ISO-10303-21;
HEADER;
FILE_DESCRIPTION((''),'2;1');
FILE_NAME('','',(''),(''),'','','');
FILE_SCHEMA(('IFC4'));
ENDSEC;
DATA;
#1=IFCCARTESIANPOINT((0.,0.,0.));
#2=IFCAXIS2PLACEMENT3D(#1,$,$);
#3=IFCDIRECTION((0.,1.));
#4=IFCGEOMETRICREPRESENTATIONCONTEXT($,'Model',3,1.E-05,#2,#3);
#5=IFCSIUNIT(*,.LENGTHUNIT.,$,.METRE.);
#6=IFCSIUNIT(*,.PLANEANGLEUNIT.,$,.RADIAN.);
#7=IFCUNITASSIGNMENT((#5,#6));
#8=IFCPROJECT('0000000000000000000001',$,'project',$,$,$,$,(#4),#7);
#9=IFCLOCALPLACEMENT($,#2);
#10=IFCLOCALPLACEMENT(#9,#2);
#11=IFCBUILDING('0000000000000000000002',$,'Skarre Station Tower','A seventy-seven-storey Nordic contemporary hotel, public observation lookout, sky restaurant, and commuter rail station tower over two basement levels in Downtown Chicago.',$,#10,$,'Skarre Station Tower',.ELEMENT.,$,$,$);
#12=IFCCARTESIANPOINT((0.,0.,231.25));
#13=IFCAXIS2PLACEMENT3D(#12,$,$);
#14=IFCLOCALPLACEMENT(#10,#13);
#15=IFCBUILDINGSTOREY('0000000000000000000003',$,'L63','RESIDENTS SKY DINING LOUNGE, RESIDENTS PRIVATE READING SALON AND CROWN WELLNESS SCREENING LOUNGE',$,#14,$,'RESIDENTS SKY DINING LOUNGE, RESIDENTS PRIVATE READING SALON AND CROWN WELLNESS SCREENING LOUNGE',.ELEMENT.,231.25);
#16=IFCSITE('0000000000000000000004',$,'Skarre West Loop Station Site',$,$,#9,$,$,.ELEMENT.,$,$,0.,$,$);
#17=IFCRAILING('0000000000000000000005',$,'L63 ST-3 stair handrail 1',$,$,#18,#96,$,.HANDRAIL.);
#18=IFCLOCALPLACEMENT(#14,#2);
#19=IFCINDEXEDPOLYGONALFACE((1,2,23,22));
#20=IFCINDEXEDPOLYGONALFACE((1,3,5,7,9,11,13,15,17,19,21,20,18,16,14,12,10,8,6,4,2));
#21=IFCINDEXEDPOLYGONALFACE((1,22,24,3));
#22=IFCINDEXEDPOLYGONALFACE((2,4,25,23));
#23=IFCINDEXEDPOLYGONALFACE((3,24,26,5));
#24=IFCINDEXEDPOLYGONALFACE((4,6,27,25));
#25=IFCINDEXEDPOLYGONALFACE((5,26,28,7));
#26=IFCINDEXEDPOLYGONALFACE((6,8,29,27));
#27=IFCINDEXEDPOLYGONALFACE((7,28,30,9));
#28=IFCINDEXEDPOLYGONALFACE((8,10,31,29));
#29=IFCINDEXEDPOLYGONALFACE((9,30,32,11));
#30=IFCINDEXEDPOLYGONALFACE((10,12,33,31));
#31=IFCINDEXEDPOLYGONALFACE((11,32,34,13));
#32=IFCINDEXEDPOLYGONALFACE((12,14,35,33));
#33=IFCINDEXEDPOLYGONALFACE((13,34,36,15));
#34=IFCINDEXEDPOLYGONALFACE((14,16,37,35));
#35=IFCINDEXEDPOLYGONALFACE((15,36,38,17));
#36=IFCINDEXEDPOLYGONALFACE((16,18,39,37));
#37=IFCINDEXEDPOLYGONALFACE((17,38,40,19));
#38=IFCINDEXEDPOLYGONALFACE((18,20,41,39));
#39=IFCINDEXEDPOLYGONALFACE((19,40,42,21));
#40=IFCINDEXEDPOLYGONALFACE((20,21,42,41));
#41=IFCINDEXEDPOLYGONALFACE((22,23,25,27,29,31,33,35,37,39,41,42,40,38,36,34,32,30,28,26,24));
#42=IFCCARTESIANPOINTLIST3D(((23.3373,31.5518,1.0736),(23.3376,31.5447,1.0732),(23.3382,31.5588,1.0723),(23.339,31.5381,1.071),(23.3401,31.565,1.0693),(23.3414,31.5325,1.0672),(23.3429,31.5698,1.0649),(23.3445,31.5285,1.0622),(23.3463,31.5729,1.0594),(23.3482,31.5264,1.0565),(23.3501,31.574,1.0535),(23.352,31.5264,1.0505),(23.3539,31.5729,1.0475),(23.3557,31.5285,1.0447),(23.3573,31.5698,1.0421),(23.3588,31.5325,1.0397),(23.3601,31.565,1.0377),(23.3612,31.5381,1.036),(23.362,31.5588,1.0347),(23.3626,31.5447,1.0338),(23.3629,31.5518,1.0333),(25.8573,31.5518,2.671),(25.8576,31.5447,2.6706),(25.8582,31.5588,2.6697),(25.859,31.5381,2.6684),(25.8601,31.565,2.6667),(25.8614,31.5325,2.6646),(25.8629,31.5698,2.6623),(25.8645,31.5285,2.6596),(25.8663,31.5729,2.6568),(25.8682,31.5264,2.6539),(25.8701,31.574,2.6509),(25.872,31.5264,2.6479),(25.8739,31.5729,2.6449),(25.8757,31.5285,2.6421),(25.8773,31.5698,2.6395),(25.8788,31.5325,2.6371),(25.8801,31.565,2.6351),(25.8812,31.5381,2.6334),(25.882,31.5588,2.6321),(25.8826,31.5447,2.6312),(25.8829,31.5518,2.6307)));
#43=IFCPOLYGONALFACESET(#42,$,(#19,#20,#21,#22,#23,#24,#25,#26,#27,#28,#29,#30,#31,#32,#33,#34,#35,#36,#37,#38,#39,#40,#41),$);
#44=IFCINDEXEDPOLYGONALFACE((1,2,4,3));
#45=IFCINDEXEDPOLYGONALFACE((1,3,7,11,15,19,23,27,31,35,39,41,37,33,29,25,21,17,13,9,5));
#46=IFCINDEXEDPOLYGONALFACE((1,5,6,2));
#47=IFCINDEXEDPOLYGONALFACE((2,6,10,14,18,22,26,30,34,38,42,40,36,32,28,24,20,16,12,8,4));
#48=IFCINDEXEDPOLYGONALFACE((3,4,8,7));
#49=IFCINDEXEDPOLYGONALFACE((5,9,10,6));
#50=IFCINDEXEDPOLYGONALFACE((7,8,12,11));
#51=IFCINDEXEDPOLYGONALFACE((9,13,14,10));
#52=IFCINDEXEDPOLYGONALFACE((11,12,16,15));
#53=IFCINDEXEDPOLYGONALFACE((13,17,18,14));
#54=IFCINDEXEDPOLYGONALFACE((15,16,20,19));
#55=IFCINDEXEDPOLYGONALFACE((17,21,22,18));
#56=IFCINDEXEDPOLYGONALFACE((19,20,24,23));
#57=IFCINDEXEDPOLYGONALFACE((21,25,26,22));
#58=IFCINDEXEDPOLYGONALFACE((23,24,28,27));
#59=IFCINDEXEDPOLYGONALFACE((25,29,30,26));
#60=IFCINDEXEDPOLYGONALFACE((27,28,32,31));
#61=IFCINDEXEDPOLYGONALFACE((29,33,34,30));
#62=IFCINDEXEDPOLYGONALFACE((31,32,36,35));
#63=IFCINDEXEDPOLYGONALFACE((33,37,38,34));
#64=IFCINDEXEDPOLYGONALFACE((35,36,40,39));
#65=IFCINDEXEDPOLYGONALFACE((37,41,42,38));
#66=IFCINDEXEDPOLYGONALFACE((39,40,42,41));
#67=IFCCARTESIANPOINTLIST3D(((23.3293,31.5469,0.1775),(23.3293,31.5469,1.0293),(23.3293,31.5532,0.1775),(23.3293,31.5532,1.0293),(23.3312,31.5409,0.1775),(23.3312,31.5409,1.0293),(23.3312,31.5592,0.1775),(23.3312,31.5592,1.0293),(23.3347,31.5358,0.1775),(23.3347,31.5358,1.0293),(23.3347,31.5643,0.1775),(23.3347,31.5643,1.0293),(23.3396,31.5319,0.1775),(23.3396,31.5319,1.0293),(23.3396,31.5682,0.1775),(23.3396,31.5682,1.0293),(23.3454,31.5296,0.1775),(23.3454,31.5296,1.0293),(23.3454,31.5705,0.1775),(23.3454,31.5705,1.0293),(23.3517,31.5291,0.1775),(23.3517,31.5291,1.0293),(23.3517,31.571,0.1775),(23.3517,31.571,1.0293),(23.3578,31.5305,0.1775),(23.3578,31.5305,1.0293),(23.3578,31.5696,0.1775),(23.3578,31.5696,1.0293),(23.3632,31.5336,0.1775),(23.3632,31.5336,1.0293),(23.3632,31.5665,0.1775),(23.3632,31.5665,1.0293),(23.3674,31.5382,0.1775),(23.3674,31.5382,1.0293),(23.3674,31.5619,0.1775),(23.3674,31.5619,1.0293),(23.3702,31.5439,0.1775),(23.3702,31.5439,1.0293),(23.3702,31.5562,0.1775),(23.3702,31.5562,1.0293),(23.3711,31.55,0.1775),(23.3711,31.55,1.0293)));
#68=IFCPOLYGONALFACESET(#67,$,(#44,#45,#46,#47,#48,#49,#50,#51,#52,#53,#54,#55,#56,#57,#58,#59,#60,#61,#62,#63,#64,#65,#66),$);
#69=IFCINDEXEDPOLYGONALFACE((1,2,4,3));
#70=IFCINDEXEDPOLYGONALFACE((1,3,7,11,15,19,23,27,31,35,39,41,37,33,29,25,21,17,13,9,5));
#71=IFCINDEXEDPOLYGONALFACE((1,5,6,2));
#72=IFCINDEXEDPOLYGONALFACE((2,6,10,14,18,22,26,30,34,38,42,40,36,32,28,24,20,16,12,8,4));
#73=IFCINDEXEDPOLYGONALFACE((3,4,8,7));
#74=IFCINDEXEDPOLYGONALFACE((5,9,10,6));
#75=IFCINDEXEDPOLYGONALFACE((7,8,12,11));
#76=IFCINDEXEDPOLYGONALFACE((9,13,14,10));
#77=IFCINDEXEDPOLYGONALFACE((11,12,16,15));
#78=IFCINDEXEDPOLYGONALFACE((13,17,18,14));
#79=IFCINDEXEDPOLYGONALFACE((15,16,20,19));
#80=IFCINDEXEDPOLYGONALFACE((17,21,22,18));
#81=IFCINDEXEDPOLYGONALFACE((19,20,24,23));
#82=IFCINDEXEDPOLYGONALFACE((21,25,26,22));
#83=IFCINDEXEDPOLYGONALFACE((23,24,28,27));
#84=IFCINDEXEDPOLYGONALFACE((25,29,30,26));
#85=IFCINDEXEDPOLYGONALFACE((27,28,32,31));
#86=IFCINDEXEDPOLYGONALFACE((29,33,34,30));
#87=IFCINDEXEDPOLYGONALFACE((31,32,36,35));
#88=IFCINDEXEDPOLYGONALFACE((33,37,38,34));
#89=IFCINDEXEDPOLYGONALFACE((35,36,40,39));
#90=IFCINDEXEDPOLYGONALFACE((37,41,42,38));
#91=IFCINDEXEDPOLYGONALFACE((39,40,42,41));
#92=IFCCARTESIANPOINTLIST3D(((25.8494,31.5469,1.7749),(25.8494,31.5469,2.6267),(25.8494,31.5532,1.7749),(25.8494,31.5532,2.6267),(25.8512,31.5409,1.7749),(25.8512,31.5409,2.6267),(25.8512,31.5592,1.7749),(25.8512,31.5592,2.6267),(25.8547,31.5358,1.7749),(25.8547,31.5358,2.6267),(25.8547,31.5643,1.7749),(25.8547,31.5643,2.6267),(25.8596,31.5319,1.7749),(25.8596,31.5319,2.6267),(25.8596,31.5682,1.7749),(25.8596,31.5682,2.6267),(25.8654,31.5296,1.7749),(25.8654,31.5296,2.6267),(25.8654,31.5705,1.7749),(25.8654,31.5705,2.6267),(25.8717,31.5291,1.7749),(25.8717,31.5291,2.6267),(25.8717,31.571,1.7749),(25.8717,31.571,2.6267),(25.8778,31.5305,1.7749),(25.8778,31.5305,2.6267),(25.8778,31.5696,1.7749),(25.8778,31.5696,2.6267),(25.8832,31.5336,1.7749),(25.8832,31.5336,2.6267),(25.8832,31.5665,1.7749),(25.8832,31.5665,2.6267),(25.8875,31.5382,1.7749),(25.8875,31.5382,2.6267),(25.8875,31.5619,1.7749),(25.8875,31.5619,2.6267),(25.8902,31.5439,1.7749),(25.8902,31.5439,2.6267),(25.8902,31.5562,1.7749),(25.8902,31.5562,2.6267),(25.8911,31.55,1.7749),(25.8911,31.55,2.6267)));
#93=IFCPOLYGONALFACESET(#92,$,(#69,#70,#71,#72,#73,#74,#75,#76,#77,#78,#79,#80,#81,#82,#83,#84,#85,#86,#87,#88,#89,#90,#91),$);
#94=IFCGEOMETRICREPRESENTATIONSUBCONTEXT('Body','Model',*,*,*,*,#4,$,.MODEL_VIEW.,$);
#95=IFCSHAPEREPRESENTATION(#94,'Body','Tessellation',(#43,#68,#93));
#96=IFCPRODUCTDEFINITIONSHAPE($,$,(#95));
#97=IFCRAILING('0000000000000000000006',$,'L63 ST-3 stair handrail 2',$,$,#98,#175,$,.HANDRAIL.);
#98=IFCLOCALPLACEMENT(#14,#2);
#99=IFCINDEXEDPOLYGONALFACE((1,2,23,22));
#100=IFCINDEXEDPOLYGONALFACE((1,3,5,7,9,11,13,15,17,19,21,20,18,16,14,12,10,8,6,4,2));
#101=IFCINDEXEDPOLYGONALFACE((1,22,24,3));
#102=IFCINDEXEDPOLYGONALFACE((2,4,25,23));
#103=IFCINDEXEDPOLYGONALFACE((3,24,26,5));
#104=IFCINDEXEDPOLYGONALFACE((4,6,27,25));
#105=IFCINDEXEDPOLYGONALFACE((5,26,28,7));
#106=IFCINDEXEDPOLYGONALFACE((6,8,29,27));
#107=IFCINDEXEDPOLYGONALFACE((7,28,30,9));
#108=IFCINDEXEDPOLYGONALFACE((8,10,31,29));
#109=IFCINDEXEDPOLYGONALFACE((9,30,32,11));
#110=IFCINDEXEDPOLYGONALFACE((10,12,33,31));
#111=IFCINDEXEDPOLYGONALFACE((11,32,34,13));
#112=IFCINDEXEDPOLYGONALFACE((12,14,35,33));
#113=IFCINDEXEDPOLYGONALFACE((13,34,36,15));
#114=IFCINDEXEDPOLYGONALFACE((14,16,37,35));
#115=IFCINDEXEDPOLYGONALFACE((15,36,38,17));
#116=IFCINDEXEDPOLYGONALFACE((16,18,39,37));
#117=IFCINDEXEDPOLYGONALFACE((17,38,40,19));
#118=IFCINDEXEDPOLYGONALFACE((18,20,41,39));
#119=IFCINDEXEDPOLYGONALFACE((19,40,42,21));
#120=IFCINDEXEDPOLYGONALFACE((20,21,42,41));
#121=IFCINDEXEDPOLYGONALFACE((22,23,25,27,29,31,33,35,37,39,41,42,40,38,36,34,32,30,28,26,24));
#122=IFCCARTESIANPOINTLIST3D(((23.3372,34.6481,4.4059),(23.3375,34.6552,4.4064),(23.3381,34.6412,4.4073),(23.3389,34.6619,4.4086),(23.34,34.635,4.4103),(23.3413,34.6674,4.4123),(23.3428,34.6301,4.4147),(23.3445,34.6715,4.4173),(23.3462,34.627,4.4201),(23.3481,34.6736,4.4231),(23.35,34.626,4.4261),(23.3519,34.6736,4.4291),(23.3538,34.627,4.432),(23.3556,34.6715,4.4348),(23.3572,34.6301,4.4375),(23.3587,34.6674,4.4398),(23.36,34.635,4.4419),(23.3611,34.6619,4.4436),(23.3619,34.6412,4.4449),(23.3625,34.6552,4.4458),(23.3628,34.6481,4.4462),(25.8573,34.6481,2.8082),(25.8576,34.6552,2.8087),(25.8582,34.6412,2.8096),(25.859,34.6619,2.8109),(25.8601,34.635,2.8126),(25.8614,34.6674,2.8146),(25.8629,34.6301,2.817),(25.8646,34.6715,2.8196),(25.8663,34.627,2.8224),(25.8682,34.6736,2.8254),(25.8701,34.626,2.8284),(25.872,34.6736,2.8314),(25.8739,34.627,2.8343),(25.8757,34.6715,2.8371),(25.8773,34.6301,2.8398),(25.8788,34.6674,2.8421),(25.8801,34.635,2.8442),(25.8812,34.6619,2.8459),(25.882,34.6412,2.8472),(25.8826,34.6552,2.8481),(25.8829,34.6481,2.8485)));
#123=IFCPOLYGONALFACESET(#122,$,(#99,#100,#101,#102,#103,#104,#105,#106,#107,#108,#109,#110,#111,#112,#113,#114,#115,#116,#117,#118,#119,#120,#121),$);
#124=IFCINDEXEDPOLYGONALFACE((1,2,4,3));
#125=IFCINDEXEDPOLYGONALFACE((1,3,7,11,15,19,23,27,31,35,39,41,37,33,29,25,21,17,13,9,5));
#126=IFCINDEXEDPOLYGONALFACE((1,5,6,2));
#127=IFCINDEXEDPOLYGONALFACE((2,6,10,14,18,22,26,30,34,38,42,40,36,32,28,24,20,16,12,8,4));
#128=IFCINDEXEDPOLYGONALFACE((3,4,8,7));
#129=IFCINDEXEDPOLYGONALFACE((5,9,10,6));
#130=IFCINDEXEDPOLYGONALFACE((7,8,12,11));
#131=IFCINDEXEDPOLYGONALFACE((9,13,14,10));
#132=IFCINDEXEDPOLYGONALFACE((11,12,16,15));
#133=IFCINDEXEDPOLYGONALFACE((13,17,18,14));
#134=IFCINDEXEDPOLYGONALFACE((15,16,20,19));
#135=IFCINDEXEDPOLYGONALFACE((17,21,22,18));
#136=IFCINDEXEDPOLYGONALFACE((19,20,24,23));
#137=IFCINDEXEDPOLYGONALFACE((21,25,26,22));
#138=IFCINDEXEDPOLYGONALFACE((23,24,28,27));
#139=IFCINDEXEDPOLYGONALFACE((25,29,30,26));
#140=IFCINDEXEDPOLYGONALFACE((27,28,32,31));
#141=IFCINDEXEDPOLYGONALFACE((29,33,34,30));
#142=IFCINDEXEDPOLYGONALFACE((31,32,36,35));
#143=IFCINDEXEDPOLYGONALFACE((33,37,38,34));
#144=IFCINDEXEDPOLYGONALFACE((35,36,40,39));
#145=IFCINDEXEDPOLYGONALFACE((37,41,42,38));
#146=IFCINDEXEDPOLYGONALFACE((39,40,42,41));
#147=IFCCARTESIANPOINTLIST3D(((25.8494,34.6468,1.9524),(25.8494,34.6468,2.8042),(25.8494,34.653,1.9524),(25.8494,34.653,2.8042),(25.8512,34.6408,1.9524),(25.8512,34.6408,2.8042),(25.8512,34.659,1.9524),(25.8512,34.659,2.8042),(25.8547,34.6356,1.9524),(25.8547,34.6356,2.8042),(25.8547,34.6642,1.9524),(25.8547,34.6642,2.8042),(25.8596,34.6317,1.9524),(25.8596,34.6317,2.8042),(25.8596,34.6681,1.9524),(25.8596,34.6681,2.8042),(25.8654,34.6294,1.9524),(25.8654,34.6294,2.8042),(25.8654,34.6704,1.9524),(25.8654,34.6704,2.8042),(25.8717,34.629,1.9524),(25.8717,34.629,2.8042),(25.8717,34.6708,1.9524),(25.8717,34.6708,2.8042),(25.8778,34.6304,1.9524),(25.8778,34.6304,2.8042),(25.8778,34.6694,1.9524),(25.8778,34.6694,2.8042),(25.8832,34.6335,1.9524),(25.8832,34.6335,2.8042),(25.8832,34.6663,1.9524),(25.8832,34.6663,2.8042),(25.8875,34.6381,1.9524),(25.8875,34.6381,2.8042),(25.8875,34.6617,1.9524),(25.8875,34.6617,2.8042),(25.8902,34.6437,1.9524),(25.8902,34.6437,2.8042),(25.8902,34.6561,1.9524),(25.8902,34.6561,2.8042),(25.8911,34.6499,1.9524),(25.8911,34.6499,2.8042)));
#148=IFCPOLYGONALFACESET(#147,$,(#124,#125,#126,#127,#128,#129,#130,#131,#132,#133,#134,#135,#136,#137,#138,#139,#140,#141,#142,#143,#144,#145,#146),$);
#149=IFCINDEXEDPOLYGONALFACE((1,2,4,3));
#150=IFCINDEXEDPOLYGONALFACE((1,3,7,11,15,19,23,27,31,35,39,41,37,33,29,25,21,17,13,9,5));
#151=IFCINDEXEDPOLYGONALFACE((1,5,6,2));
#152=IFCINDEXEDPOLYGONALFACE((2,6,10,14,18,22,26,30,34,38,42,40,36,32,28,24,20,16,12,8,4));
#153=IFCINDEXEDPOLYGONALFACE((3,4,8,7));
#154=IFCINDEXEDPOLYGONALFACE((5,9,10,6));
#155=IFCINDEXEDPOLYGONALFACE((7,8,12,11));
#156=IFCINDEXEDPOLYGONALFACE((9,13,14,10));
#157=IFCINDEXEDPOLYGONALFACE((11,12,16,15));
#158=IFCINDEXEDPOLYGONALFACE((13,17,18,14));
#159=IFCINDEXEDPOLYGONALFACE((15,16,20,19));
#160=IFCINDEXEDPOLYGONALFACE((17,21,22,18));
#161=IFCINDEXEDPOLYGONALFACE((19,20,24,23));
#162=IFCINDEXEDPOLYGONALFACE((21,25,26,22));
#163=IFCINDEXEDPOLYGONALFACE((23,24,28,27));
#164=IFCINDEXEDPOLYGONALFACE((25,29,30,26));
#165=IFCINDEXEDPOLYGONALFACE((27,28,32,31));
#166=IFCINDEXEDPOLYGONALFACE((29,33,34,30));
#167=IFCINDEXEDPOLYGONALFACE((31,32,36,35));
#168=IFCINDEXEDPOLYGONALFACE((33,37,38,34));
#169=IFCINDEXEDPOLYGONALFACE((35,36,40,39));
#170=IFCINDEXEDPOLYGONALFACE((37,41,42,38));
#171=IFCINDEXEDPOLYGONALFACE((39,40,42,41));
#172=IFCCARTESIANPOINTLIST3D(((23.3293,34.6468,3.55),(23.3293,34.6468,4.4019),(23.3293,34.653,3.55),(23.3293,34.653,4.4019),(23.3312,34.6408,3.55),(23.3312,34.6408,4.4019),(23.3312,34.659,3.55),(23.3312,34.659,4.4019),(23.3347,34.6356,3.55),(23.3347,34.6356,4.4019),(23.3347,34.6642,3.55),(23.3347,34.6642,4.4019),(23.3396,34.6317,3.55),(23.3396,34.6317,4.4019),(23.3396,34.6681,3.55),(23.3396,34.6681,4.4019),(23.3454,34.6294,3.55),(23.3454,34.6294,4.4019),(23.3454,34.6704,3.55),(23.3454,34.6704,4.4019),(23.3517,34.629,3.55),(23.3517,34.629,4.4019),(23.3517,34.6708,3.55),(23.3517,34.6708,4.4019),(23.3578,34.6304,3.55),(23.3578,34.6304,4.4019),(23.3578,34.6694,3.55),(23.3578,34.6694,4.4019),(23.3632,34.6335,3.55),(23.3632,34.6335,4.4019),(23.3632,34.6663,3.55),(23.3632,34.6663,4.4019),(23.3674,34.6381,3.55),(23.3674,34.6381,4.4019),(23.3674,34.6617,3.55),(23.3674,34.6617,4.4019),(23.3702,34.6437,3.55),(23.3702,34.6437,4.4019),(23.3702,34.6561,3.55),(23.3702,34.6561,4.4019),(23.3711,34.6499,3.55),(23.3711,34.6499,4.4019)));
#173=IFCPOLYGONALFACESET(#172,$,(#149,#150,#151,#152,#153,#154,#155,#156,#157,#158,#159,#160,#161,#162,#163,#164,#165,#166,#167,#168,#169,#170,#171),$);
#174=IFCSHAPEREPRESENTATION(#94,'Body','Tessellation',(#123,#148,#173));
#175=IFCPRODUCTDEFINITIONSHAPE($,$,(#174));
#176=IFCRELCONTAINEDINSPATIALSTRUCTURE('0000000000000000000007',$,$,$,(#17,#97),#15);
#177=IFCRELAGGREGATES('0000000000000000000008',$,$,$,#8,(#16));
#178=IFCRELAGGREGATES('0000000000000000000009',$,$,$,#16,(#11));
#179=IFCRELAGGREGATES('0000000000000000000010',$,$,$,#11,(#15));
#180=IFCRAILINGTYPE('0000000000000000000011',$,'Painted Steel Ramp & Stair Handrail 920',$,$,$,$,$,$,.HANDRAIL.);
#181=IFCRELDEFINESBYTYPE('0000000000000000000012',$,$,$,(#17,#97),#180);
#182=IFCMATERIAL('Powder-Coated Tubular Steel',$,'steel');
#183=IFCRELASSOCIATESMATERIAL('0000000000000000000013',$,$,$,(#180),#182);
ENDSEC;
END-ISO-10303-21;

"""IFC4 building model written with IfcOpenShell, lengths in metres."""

from ifc_helpers import new_model, si_unit, direction, frame, origin, origin_2d, place, context, subcontext, project, spatial, circle, extrude, material, type_object, element, save


model = new_model("IFC4")

# Units and contexts
model_context = context("Model", 3, precision=1e-05, world=origin(), true_north=direction((0.0, 1.0)))
body_context = subcontext(model_context, "Body", "Model", "MODEL_VIEW")
ifc_project = project(units=[si_unit("LENGTHUNIT", "METRE"), si_unit("PLANEANGLEUNIT", "RADIAN")], contexts=[model_context])

# Site, building, storey
site_placement = place(None, origin())
site = spatial("IfcSite", under=ifc_project, at=site_placement, Name="Skarre West Loop Station Site", CompositionType="ELEMENT", RefElevation=0.0)
building_placement = place(site_placement, origin())
building = spatial("IfcBuilding", under=site, at=building_placement, Name="Skarre Station Tower", Description="A seventy-seven-storey Nordic contemporary hotel, public observation lookout, sky restaurant, and commuter rail station tower over two basement levels in Downtown Chicago.", LongName="Skarre Station Tower", CompositionType="ELEMENT")
storey_placement = place(building_placement, frame((0.0, 0.0, 231.25)))
storey = spatial("IfcBuildingStorey", under=building, at=storey_placement, Name="L63", Description="RESIDENTS SKY DINING LOUNGE, RESIDENTS PRIVATE READING SALON AND CROWN WELLNESS SCREENING LOUNGE", LongName="RESIDENTS SKY DINING LOUNGE, RESIDENTS PRIVATE READING SALON AND CROWN WELLNESS SCREENING LOUNGE", CompositionType="ELEMENT", Elevation=231.25)

# Railings
ifc_material_1 = material(Name="Powder-Coated Tubular Steel", Category="steel")
railing_type_1 = type_object("IfcRailingType", Name="Painted Steel Ramp & Stair Handrail 920", PredefinedType="HANDRAIL", material=ifc_material_1)
railing_1_placement = place(storey_placement, frame((23.3501, 31.55, 0.1775)))
element("IfcRailing", 1, at=railing_1_placement, inside=storey, type_object=railing_type_1, Name="L63 ST-3 stair handrail 1", PredefinedType="HANDRAIL", context=body_context, shape_type="SweptSolid", body=[
    extrude(circle(Radius=0.0239, at=origin_2d()), frame((0.0, 0.0, 0.876), z_axis=(0.844607, 0.0, 0.535387), x_axis=(0.0, 1.0, 0.0)), (0.0, 0.0, 1.0), 2.9836),
    extrude(circle(Radius=0.021, at=origin_2d()), origin(), (0.0, 0.0, 1.0), 0.8518),
    extrude(circle(Radius=0.021, at=origin_2d()), frame((2.52, 0.0, 1.5974)), (0.0, 0.0, 1.0), 0.8518),
])
railing_2_placement = place(storey_placement, frame((25.8701, 34.6499, 1.9524)))
element("IfcRailing", 2, at=railing_2_placement, inside=storey, type_object=railing_type_1, Name="L63 ST-3 stair handrail 2", PredefinedType="HANDRAIL", context=body_context, shape_type="SweptSolid", body=[
    extrude(circle(Radius=0.0239, at=origin_2d()), frame((0.0, 0.0, 0.876), z_axis=(-0.84457, 0.0, 0.535445), x_axis=(0.0, -1.0, 0.0)), (0.0, 0.0, 1.0), 2.9839),
    extrude(circle(Radius=0.021, at=origin_2d()), origin(), (0.0, 0.0, 1.0), 0.8518),
    extrude(circle(Radius=0.021, at=origin_2d()), frame((-2.52, 0.0, 1.5977)), (0.0, 0.0, 1.0), 0.8518),
])

save(model, "model.ifc")
